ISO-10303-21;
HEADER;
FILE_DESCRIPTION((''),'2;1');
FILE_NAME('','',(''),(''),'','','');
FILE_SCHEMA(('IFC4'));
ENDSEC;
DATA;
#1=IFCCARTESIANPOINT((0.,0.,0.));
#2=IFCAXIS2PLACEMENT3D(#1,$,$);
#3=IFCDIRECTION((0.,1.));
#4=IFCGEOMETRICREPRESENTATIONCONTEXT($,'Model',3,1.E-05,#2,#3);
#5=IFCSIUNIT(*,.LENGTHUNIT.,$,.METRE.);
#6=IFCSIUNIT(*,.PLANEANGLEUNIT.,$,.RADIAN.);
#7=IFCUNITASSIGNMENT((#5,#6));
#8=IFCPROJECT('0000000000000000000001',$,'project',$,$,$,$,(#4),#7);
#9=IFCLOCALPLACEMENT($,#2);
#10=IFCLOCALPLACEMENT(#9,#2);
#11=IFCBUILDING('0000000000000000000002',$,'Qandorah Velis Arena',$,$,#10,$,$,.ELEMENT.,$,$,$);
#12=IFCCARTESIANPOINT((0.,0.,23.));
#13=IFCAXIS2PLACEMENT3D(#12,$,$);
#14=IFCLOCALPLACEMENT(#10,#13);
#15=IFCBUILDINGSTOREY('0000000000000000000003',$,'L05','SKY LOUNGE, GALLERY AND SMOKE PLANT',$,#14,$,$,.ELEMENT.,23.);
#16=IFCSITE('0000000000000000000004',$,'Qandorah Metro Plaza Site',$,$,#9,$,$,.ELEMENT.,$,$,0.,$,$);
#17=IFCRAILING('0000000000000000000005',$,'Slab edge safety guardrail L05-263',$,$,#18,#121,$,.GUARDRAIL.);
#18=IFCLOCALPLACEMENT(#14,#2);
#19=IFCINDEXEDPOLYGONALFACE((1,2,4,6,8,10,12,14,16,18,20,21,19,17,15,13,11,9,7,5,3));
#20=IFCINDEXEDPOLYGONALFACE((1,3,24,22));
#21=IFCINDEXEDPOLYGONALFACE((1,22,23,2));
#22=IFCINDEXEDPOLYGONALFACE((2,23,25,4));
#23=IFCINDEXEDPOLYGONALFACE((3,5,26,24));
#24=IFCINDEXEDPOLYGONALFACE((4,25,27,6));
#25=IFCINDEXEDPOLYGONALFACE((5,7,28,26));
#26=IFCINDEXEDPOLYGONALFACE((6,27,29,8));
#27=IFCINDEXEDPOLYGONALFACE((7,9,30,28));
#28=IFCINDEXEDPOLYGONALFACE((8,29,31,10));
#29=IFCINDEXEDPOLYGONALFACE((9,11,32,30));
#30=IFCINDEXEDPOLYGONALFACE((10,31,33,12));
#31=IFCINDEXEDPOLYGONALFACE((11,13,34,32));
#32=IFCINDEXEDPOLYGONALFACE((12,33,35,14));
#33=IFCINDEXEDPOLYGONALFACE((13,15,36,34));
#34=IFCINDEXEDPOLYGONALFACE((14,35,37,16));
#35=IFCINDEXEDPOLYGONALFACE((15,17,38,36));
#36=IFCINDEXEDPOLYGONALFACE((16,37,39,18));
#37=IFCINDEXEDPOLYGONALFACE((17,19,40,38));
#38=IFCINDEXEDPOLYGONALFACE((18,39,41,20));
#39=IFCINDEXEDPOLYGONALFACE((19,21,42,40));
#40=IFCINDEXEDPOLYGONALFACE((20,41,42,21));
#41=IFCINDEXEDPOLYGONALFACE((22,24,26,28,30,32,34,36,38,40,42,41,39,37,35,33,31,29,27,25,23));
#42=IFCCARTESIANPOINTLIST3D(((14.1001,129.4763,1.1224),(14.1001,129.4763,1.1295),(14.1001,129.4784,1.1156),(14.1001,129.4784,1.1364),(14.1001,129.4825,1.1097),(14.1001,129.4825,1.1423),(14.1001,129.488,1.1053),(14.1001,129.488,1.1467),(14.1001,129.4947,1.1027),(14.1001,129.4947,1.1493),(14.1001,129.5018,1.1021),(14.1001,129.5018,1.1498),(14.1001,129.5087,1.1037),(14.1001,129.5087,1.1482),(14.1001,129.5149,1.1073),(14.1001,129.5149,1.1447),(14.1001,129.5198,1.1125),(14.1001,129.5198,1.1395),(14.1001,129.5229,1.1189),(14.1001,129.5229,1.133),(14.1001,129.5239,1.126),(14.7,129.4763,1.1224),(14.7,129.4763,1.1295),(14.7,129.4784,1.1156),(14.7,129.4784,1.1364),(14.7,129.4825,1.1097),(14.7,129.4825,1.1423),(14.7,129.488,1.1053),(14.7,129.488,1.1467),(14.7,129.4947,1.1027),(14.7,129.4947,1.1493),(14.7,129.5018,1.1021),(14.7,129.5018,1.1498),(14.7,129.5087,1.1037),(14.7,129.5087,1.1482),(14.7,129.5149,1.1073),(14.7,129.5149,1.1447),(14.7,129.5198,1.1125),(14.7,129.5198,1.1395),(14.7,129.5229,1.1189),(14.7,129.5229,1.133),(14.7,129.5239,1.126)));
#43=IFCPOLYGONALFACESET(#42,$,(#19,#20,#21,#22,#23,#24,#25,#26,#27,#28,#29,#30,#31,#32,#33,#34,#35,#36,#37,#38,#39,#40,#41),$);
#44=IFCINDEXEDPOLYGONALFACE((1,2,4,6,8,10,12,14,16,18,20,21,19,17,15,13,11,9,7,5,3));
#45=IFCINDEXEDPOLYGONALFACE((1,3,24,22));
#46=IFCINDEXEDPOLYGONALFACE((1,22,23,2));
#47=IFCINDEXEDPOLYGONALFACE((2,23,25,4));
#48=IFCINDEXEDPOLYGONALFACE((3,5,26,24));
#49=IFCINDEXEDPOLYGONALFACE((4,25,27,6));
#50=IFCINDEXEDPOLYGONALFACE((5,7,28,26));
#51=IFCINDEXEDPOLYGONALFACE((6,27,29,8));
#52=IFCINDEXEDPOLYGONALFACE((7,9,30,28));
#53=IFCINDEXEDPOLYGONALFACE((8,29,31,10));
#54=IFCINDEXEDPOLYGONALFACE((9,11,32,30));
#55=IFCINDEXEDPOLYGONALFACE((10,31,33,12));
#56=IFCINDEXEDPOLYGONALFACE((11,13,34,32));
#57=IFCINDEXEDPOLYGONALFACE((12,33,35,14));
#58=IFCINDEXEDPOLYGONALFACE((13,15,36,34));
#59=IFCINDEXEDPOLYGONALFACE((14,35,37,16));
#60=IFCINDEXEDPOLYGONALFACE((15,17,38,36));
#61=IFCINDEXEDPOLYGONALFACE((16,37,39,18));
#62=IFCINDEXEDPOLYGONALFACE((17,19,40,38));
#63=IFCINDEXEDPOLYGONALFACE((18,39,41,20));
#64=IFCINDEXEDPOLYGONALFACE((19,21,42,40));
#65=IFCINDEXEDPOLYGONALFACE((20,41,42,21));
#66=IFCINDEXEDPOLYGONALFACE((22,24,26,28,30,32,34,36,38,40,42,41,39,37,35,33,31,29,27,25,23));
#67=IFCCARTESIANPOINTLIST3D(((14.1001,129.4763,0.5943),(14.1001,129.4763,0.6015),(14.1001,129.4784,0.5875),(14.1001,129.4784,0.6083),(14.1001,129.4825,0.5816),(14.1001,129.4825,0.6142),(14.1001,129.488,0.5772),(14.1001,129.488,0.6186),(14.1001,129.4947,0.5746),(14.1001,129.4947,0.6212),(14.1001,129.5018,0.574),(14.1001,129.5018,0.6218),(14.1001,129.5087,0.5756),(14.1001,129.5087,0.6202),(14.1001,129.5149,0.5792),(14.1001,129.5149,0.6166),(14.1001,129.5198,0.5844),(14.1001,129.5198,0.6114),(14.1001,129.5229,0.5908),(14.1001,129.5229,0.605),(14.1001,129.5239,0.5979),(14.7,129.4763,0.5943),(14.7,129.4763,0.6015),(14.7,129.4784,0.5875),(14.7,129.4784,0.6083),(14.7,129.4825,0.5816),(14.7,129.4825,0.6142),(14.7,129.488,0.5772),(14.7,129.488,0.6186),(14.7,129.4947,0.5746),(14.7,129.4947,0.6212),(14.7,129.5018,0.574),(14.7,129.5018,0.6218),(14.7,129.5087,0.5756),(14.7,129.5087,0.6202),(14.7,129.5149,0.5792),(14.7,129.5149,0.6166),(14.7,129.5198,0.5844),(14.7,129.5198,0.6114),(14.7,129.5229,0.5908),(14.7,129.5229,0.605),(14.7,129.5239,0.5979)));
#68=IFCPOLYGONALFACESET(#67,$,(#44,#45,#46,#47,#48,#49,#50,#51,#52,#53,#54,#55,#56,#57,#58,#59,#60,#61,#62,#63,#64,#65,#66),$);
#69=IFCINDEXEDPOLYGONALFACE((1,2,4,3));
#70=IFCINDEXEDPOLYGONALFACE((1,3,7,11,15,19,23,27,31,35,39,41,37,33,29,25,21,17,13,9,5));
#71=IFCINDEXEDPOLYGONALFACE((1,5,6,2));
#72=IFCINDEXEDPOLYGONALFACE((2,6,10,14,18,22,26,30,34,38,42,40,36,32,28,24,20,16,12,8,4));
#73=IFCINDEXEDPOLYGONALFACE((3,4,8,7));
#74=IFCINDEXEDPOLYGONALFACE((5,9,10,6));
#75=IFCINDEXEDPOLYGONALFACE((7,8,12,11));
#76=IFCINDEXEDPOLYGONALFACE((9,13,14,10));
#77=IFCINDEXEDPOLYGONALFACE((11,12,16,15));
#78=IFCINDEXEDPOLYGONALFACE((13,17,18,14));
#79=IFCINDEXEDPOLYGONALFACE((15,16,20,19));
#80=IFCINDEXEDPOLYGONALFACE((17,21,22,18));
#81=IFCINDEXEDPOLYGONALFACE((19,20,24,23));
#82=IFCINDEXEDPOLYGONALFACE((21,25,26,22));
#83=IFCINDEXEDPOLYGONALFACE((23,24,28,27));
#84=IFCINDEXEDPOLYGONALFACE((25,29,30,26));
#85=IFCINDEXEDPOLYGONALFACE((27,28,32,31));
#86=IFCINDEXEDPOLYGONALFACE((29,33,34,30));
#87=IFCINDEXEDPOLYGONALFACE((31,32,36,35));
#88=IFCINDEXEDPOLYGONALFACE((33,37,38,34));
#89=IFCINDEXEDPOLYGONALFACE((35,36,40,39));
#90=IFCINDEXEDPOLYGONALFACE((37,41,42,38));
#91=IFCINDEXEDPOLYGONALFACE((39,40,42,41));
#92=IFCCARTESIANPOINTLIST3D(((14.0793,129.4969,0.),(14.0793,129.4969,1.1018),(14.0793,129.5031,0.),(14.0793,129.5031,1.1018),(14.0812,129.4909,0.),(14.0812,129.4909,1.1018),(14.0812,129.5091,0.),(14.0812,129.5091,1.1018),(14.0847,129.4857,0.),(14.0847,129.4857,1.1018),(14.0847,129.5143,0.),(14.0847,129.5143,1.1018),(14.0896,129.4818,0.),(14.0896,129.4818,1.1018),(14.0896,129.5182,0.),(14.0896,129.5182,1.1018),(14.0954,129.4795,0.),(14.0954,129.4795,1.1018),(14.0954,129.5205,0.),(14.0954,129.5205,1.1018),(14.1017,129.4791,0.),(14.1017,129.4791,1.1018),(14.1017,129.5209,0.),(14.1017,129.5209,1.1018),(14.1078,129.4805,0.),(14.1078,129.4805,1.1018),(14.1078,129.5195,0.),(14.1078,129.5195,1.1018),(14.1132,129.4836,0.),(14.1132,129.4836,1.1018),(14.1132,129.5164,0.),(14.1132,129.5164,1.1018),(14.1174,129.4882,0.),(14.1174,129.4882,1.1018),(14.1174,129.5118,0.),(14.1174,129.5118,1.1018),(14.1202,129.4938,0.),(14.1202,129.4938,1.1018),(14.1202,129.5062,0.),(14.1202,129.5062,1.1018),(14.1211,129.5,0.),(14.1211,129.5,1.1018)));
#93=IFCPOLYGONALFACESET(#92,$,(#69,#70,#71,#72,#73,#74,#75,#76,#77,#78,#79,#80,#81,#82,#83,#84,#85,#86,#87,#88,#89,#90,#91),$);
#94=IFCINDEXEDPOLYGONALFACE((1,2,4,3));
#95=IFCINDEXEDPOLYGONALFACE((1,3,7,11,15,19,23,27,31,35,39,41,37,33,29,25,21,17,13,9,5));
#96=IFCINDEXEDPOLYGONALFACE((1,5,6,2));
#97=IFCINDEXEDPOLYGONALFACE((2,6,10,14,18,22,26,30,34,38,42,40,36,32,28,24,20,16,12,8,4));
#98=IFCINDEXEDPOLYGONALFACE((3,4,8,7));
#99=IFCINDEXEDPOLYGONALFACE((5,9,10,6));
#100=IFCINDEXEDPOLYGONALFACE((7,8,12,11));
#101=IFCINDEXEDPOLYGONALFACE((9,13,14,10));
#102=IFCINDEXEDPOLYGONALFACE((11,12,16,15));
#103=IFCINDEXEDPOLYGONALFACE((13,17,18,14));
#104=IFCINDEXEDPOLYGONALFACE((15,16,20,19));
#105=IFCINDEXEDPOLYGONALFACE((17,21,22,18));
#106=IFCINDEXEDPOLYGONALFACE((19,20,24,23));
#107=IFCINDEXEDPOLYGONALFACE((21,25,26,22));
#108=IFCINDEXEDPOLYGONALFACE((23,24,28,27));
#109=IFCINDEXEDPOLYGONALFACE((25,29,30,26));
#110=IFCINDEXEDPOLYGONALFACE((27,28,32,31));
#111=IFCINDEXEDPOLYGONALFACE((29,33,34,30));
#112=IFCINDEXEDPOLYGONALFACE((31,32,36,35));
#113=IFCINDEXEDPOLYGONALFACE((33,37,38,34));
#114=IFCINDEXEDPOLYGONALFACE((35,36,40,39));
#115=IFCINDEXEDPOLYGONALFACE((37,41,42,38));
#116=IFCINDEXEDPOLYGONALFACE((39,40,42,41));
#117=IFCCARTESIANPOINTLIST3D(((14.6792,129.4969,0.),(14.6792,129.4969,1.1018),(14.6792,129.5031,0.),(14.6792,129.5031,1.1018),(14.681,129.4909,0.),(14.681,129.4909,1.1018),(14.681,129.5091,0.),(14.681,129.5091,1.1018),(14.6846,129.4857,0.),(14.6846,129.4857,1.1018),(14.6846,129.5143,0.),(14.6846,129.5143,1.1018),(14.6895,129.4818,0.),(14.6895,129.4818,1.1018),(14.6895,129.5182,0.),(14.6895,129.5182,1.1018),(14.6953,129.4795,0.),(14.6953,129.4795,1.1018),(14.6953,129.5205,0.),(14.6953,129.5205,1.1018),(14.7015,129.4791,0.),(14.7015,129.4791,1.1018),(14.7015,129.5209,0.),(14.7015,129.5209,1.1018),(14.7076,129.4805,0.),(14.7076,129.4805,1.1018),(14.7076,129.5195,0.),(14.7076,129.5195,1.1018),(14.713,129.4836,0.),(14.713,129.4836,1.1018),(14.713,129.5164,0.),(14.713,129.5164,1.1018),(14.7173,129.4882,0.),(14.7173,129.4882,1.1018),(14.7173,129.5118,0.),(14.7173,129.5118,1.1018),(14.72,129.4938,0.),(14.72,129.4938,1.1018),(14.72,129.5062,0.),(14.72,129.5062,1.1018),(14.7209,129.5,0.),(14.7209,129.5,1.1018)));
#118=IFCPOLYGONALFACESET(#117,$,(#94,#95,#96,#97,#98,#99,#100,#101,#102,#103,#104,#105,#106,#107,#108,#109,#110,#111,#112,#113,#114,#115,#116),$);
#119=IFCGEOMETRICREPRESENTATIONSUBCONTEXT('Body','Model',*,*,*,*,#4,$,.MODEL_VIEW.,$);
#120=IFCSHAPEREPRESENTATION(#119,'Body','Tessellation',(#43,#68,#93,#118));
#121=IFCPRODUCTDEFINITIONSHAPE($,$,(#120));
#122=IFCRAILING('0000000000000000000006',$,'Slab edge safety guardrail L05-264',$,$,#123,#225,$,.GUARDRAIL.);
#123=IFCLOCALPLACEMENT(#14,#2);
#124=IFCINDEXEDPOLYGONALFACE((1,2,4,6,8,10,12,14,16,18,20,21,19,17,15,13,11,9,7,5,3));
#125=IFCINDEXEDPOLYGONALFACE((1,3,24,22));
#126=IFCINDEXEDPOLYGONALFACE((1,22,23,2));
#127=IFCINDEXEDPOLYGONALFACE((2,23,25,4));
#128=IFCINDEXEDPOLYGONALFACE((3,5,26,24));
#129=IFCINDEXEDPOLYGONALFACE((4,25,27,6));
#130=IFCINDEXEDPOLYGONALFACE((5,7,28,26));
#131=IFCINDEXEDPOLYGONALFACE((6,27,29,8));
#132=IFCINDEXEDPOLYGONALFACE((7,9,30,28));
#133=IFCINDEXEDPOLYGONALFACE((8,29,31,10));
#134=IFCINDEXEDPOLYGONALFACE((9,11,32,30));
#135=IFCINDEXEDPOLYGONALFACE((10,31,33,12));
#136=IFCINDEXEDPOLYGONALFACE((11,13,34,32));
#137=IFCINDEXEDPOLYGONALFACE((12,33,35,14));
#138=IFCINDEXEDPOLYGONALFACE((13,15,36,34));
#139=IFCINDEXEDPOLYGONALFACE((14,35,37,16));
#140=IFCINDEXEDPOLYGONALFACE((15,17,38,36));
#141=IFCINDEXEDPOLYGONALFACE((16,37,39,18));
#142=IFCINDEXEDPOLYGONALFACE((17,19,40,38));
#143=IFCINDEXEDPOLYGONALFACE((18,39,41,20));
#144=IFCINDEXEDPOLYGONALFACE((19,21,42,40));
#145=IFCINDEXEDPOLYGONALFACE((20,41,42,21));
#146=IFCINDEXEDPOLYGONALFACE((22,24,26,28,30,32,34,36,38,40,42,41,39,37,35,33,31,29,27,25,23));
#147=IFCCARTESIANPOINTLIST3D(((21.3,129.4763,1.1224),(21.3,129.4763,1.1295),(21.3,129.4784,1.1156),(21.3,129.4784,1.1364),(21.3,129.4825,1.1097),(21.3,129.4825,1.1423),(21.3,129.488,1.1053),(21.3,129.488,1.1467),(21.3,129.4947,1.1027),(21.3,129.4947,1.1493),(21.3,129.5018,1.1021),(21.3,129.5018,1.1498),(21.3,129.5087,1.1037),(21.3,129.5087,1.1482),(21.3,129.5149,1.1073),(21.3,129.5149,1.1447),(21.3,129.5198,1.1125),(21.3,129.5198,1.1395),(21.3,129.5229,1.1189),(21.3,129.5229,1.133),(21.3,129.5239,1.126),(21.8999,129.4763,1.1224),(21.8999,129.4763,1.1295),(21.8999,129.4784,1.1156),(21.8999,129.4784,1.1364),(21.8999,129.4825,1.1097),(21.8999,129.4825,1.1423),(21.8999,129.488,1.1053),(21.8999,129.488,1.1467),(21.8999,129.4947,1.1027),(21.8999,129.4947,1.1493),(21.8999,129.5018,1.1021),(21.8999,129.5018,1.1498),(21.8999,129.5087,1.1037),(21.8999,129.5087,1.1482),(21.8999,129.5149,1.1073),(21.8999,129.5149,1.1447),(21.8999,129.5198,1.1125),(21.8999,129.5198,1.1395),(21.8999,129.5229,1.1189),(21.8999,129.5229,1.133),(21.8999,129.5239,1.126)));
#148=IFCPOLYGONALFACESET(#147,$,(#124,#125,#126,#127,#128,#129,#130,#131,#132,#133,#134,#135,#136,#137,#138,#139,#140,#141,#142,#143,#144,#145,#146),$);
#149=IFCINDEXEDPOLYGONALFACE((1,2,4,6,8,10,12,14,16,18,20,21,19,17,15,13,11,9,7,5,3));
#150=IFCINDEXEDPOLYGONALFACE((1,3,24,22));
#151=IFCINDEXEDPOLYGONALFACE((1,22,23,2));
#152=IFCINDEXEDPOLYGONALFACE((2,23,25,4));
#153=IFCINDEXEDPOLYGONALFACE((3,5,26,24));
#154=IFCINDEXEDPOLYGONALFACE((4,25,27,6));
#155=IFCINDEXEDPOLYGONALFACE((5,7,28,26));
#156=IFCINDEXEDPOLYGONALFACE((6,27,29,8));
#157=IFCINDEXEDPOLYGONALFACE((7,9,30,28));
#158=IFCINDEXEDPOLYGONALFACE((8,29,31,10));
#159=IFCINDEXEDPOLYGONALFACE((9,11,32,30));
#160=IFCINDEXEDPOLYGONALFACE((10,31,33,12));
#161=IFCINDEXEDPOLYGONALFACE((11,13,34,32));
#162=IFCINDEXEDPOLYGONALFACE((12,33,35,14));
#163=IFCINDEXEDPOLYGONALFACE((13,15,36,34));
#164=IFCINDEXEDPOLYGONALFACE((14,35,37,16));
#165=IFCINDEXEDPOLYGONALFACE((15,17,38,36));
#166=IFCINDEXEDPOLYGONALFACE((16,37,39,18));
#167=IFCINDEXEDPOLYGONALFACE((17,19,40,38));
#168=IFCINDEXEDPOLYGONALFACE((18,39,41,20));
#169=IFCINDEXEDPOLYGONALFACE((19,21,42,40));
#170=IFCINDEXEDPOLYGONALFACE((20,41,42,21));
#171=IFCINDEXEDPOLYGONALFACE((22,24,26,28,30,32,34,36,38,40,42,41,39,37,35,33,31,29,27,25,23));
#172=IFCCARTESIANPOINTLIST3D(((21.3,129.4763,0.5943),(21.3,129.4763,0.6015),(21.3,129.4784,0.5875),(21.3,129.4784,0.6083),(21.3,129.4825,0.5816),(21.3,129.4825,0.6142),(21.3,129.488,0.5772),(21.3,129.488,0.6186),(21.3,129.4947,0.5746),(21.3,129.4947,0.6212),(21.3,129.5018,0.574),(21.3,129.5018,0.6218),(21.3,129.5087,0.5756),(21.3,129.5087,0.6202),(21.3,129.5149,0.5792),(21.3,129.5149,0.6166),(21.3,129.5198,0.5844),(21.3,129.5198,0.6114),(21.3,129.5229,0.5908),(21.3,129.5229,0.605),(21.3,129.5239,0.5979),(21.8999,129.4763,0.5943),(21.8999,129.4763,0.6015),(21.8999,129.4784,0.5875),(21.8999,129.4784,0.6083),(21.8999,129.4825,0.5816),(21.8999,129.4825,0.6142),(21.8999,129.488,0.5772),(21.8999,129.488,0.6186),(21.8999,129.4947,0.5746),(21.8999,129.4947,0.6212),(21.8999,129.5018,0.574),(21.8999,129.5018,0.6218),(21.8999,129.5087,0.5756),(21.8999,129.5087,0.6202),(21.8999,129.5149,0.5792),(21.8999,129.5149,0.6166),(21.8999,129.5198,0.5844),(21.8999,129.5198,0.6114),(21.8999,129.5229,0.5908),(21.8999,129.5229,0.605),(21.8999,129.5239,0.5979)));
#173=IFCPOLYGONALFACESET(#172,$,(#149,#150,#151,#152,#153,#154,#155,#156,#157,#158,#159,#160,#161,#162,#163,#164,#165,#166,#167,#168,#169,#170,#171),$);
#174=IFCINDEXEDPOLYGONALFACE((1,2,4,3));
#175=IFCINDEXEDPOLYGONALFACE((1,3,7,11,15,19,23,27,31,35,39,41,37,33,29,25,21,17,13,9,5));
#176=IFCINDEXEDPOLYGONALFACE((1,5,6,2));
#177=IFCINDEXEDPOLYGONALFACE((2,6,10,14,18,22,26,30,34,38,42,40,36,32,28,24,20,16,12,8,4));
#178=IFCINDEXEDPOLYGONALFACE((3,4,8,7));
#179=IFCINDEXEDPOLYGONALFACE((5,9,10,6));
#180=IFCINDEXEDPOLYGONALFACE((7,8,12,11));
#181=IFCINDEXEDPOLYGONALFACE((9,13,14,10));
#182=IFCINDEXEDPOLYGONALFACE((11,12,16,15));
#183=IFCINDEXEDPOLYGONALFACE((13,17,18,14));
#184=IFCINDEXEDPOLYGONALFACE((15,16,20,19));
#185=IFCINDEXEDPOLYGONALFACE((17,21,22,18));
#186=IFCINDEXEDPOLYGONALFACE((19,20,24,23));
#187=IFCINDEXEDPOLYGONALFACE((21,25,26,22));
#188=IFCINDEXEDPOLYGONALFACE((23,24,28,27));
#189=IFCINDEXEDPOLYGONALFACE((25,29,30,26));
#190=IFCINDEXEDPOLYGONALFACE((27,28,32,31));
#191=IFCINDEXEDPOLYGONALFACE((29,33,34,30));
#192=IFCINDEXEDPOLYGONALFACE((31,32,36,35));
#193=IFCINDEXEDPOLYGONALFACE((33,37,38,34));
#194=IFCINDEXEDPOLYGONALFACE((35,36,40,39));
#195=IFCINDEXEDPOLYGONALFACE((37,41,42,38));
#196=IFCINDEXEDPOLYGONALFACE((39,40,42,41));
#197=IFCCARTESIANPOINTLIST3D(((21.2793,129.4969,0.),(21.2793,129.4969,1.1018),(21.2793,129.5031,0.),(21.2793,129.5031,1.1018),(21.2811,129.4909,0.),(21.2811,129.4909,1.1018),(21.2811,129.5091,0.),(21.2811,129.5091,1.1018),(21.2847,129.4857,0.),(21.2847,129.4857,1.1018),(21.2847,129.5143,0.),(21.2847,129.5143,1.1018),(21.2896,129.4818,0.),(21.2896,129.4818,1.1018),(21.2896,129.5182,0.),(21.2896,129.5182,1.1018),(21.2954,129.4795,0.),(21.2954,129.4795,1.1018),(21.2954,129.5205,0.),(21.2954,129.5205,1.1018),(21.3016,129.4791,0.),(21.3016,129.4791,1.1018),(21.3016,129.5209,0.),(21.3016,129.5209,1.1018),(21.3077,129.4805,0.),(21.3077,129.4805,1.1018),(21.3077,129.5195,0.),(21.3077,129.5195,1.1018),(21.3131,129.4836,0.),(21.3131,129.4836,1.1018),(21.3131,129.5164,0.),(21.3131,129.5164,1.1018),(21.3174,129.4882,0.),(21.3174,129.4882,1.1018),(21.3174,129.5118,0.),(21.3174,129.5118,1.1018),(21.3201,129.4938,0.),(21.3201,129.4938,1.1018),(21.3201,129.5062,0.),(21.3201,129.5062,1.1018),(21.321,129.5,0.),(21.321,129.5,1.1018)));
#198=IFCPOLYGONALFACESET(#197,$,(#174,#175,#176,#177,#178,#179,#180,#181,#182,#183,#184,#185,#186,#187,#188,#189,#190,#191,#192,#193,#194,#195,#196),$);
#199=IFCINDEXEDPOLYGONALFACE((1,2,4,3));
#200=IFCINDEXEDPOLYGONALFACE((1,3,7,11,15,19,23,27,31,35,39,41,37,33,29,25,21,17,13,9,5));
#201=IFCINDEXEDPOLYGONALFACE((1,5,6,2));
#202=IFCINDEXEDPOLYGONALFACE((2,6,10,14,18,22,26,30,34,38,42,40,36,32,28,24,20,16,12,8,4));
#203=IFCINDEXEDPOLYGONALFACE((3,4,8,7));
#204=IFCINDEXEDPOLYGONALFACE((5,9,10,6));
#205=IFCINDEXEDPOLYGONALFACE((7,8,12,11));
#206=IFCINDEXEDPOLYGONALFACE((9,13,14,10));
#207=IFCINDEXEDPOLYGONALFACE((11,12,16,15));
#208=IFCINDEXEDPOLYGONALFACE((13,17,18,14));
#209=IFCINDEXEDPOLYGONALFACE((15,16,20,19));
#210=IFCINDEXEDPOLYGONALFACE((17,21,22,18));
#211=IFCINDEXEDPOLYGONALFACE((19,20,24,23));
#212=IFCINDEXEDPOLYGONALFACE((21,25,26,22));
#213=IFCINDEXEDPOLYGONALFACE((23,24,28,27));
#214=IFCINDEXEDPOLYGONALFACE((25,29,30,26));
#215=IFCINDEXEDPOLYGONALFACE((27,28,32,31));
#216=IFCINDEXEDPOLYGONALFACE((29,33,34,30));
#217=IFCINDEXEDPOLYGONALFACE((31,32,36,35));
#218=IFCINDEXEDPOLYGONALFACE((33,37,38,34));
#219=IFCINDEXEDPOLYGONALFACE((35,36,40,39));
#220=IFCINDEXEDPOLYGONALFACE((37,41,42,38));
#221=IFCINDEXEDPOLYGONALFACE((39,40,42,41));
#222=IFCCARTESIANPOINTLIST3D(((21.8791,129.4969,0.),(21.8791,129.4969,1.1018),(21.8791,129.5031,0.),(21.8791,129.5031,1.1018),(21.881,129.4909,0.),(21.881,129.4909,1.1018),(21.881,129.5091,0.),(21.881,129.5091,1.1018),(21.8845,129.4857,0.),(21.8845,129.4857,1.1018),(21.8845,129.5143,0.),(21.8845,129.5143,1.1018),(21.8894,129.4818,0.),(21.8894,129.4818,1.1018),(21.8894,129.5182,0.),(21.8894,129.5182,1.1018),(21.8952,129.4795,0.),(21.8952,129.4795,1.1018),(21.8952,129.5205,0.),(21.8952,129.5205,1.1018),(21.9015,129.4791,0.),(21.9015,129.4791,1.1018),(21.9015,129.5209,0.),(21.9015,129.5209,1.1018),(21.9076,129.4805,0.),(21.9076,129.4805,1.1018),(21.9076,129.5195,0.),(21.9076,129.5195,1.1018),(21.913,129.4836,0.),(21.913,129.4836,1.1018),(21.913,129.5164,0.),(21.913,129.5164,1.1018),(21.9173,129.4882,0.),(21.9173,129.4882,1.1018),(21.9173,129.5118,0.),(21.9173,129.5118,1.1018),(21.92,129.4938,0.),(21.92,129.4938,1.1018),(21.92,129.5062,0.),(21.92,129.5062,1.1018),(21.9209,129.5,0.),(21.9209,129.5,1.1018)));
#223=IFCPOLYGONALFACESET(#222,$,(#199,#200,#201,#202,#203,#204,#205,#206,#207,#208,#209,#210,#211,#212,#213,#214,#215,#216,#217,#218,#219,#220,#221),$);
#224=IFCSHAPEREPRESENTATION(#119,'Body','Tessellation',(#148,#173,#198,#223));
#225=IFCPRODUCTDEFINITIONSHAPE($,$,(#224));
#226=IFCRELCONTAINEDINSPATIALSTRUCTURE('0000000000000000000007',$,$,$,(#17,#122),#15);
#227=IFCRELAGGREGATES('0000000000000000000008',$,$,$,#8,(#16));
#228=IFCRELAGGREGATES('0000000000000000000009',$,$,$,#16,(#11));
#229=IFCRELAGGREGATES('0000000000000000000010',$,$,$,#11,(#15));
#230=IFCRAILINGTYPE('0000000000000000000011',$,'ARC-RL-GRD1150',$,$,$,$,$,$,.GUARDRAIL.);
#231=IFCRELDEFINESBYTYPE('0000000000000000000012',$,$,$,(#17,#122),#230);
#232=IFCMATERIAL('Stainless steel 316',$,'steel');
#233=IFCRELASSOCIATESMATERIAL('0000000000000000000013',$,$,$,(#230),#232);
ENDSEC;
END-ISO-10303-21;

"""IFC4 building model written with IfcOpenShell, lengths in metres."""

from ifc_helpers import new_model, si_unit, direction, frame, origin, origin_2d, place, context, subcontext, project, spatial, circle, extrude, material, type_object, element, save


model = new_model("IFC4")

# Units and contexts
model_context = context("Model", 3, precision=1e-05, world=origin(), true_north=direction((0.0, 1.0)))
body_context = subcontext(model_context, "Body", "Model", "MODEL_VIEW")
ifc_project = project(units=[si_unit("LENGTHUNIT", "METRE"), si_unit("PLANEANGLEUNIT", "RADIAN")], contexts=[model_context])

# Site, building, storey
site_placement = place(None, origin())
site = spatial("IfcSite", under=ifc_project, at=site_placement, Name="Qandorah Metro Plaza Site", CompositionType="ELEMENT", RefElevation=0.0)
building_placement = place(site_placement, origin())
building = spatial("IfcBuilding", under=site, at=building_placement, Name="Qandorah Velis Arena", CompositionType="ELEMENT")
storey_placement = place(building_placement, frame((0.0, 0.0, 23.0)))
storey = spatial("IfcBuildingStorey", under=building, at=storey_placement, Name="L05", Description="SKY LOUNGE, GALLERY AND SMOKE PLANT", CompositionType="ELEMENT", Elevation=23.0)

# Railings
ifc_material_1 = material(Name="Stainless steel 316", Category="steel")
railing_type = type_object("IfcRailingType", Name="ARC-RL-GRD1150", PredefinedType="GUARDRAIL", material=ifc_material_1)
for number, where, name in (
    (1, (14.1001, 129.5, 0.0), "Slab edge safety guardrail L05-263"),
    (2, (21.3, 129.5, 0.0), "Slab edge safety guardrail L05-264"),
):
    element("IfcRailing", number, at=place(storey_placement, frame(where)), inside=storey, type_object=railing_type, Name=name, PredefinedType="GUARDRAIL", context=body_context, shape_type="SweptSolid", body=[
        extrude(circle(Radius=0.0239, at=origin_2d()), frame((0.0, 0.0, 1.126), z_axis=(1.0, 0.0, 0.0), x_axis=(0.0, 1.0, 0.0)), (0.0, 0.0, 1.0), 0.5999),
        extrude(circle(Radius=0.0239, at=origin_2d()), frame((0.0, 0.0, 0.5979), z_axis=(1.0, 0.0, 0.0), x_axis=(0.0, 1.0, 0.0)), (0.0, 0.0, 1.0), 0.5999),
        extrude(circle(Radius=0.021, at=origin_2d()), origin(), (0.0, 0.0, 1.0), 1.1018),
        extrude(circle(Radius=0.021, at=origin_2d()), frame((0.5999, 0.0, 0.0)), (0.0, 0.0, 1.0), 1.1018),
    ])

save(model, "model.ifc")
